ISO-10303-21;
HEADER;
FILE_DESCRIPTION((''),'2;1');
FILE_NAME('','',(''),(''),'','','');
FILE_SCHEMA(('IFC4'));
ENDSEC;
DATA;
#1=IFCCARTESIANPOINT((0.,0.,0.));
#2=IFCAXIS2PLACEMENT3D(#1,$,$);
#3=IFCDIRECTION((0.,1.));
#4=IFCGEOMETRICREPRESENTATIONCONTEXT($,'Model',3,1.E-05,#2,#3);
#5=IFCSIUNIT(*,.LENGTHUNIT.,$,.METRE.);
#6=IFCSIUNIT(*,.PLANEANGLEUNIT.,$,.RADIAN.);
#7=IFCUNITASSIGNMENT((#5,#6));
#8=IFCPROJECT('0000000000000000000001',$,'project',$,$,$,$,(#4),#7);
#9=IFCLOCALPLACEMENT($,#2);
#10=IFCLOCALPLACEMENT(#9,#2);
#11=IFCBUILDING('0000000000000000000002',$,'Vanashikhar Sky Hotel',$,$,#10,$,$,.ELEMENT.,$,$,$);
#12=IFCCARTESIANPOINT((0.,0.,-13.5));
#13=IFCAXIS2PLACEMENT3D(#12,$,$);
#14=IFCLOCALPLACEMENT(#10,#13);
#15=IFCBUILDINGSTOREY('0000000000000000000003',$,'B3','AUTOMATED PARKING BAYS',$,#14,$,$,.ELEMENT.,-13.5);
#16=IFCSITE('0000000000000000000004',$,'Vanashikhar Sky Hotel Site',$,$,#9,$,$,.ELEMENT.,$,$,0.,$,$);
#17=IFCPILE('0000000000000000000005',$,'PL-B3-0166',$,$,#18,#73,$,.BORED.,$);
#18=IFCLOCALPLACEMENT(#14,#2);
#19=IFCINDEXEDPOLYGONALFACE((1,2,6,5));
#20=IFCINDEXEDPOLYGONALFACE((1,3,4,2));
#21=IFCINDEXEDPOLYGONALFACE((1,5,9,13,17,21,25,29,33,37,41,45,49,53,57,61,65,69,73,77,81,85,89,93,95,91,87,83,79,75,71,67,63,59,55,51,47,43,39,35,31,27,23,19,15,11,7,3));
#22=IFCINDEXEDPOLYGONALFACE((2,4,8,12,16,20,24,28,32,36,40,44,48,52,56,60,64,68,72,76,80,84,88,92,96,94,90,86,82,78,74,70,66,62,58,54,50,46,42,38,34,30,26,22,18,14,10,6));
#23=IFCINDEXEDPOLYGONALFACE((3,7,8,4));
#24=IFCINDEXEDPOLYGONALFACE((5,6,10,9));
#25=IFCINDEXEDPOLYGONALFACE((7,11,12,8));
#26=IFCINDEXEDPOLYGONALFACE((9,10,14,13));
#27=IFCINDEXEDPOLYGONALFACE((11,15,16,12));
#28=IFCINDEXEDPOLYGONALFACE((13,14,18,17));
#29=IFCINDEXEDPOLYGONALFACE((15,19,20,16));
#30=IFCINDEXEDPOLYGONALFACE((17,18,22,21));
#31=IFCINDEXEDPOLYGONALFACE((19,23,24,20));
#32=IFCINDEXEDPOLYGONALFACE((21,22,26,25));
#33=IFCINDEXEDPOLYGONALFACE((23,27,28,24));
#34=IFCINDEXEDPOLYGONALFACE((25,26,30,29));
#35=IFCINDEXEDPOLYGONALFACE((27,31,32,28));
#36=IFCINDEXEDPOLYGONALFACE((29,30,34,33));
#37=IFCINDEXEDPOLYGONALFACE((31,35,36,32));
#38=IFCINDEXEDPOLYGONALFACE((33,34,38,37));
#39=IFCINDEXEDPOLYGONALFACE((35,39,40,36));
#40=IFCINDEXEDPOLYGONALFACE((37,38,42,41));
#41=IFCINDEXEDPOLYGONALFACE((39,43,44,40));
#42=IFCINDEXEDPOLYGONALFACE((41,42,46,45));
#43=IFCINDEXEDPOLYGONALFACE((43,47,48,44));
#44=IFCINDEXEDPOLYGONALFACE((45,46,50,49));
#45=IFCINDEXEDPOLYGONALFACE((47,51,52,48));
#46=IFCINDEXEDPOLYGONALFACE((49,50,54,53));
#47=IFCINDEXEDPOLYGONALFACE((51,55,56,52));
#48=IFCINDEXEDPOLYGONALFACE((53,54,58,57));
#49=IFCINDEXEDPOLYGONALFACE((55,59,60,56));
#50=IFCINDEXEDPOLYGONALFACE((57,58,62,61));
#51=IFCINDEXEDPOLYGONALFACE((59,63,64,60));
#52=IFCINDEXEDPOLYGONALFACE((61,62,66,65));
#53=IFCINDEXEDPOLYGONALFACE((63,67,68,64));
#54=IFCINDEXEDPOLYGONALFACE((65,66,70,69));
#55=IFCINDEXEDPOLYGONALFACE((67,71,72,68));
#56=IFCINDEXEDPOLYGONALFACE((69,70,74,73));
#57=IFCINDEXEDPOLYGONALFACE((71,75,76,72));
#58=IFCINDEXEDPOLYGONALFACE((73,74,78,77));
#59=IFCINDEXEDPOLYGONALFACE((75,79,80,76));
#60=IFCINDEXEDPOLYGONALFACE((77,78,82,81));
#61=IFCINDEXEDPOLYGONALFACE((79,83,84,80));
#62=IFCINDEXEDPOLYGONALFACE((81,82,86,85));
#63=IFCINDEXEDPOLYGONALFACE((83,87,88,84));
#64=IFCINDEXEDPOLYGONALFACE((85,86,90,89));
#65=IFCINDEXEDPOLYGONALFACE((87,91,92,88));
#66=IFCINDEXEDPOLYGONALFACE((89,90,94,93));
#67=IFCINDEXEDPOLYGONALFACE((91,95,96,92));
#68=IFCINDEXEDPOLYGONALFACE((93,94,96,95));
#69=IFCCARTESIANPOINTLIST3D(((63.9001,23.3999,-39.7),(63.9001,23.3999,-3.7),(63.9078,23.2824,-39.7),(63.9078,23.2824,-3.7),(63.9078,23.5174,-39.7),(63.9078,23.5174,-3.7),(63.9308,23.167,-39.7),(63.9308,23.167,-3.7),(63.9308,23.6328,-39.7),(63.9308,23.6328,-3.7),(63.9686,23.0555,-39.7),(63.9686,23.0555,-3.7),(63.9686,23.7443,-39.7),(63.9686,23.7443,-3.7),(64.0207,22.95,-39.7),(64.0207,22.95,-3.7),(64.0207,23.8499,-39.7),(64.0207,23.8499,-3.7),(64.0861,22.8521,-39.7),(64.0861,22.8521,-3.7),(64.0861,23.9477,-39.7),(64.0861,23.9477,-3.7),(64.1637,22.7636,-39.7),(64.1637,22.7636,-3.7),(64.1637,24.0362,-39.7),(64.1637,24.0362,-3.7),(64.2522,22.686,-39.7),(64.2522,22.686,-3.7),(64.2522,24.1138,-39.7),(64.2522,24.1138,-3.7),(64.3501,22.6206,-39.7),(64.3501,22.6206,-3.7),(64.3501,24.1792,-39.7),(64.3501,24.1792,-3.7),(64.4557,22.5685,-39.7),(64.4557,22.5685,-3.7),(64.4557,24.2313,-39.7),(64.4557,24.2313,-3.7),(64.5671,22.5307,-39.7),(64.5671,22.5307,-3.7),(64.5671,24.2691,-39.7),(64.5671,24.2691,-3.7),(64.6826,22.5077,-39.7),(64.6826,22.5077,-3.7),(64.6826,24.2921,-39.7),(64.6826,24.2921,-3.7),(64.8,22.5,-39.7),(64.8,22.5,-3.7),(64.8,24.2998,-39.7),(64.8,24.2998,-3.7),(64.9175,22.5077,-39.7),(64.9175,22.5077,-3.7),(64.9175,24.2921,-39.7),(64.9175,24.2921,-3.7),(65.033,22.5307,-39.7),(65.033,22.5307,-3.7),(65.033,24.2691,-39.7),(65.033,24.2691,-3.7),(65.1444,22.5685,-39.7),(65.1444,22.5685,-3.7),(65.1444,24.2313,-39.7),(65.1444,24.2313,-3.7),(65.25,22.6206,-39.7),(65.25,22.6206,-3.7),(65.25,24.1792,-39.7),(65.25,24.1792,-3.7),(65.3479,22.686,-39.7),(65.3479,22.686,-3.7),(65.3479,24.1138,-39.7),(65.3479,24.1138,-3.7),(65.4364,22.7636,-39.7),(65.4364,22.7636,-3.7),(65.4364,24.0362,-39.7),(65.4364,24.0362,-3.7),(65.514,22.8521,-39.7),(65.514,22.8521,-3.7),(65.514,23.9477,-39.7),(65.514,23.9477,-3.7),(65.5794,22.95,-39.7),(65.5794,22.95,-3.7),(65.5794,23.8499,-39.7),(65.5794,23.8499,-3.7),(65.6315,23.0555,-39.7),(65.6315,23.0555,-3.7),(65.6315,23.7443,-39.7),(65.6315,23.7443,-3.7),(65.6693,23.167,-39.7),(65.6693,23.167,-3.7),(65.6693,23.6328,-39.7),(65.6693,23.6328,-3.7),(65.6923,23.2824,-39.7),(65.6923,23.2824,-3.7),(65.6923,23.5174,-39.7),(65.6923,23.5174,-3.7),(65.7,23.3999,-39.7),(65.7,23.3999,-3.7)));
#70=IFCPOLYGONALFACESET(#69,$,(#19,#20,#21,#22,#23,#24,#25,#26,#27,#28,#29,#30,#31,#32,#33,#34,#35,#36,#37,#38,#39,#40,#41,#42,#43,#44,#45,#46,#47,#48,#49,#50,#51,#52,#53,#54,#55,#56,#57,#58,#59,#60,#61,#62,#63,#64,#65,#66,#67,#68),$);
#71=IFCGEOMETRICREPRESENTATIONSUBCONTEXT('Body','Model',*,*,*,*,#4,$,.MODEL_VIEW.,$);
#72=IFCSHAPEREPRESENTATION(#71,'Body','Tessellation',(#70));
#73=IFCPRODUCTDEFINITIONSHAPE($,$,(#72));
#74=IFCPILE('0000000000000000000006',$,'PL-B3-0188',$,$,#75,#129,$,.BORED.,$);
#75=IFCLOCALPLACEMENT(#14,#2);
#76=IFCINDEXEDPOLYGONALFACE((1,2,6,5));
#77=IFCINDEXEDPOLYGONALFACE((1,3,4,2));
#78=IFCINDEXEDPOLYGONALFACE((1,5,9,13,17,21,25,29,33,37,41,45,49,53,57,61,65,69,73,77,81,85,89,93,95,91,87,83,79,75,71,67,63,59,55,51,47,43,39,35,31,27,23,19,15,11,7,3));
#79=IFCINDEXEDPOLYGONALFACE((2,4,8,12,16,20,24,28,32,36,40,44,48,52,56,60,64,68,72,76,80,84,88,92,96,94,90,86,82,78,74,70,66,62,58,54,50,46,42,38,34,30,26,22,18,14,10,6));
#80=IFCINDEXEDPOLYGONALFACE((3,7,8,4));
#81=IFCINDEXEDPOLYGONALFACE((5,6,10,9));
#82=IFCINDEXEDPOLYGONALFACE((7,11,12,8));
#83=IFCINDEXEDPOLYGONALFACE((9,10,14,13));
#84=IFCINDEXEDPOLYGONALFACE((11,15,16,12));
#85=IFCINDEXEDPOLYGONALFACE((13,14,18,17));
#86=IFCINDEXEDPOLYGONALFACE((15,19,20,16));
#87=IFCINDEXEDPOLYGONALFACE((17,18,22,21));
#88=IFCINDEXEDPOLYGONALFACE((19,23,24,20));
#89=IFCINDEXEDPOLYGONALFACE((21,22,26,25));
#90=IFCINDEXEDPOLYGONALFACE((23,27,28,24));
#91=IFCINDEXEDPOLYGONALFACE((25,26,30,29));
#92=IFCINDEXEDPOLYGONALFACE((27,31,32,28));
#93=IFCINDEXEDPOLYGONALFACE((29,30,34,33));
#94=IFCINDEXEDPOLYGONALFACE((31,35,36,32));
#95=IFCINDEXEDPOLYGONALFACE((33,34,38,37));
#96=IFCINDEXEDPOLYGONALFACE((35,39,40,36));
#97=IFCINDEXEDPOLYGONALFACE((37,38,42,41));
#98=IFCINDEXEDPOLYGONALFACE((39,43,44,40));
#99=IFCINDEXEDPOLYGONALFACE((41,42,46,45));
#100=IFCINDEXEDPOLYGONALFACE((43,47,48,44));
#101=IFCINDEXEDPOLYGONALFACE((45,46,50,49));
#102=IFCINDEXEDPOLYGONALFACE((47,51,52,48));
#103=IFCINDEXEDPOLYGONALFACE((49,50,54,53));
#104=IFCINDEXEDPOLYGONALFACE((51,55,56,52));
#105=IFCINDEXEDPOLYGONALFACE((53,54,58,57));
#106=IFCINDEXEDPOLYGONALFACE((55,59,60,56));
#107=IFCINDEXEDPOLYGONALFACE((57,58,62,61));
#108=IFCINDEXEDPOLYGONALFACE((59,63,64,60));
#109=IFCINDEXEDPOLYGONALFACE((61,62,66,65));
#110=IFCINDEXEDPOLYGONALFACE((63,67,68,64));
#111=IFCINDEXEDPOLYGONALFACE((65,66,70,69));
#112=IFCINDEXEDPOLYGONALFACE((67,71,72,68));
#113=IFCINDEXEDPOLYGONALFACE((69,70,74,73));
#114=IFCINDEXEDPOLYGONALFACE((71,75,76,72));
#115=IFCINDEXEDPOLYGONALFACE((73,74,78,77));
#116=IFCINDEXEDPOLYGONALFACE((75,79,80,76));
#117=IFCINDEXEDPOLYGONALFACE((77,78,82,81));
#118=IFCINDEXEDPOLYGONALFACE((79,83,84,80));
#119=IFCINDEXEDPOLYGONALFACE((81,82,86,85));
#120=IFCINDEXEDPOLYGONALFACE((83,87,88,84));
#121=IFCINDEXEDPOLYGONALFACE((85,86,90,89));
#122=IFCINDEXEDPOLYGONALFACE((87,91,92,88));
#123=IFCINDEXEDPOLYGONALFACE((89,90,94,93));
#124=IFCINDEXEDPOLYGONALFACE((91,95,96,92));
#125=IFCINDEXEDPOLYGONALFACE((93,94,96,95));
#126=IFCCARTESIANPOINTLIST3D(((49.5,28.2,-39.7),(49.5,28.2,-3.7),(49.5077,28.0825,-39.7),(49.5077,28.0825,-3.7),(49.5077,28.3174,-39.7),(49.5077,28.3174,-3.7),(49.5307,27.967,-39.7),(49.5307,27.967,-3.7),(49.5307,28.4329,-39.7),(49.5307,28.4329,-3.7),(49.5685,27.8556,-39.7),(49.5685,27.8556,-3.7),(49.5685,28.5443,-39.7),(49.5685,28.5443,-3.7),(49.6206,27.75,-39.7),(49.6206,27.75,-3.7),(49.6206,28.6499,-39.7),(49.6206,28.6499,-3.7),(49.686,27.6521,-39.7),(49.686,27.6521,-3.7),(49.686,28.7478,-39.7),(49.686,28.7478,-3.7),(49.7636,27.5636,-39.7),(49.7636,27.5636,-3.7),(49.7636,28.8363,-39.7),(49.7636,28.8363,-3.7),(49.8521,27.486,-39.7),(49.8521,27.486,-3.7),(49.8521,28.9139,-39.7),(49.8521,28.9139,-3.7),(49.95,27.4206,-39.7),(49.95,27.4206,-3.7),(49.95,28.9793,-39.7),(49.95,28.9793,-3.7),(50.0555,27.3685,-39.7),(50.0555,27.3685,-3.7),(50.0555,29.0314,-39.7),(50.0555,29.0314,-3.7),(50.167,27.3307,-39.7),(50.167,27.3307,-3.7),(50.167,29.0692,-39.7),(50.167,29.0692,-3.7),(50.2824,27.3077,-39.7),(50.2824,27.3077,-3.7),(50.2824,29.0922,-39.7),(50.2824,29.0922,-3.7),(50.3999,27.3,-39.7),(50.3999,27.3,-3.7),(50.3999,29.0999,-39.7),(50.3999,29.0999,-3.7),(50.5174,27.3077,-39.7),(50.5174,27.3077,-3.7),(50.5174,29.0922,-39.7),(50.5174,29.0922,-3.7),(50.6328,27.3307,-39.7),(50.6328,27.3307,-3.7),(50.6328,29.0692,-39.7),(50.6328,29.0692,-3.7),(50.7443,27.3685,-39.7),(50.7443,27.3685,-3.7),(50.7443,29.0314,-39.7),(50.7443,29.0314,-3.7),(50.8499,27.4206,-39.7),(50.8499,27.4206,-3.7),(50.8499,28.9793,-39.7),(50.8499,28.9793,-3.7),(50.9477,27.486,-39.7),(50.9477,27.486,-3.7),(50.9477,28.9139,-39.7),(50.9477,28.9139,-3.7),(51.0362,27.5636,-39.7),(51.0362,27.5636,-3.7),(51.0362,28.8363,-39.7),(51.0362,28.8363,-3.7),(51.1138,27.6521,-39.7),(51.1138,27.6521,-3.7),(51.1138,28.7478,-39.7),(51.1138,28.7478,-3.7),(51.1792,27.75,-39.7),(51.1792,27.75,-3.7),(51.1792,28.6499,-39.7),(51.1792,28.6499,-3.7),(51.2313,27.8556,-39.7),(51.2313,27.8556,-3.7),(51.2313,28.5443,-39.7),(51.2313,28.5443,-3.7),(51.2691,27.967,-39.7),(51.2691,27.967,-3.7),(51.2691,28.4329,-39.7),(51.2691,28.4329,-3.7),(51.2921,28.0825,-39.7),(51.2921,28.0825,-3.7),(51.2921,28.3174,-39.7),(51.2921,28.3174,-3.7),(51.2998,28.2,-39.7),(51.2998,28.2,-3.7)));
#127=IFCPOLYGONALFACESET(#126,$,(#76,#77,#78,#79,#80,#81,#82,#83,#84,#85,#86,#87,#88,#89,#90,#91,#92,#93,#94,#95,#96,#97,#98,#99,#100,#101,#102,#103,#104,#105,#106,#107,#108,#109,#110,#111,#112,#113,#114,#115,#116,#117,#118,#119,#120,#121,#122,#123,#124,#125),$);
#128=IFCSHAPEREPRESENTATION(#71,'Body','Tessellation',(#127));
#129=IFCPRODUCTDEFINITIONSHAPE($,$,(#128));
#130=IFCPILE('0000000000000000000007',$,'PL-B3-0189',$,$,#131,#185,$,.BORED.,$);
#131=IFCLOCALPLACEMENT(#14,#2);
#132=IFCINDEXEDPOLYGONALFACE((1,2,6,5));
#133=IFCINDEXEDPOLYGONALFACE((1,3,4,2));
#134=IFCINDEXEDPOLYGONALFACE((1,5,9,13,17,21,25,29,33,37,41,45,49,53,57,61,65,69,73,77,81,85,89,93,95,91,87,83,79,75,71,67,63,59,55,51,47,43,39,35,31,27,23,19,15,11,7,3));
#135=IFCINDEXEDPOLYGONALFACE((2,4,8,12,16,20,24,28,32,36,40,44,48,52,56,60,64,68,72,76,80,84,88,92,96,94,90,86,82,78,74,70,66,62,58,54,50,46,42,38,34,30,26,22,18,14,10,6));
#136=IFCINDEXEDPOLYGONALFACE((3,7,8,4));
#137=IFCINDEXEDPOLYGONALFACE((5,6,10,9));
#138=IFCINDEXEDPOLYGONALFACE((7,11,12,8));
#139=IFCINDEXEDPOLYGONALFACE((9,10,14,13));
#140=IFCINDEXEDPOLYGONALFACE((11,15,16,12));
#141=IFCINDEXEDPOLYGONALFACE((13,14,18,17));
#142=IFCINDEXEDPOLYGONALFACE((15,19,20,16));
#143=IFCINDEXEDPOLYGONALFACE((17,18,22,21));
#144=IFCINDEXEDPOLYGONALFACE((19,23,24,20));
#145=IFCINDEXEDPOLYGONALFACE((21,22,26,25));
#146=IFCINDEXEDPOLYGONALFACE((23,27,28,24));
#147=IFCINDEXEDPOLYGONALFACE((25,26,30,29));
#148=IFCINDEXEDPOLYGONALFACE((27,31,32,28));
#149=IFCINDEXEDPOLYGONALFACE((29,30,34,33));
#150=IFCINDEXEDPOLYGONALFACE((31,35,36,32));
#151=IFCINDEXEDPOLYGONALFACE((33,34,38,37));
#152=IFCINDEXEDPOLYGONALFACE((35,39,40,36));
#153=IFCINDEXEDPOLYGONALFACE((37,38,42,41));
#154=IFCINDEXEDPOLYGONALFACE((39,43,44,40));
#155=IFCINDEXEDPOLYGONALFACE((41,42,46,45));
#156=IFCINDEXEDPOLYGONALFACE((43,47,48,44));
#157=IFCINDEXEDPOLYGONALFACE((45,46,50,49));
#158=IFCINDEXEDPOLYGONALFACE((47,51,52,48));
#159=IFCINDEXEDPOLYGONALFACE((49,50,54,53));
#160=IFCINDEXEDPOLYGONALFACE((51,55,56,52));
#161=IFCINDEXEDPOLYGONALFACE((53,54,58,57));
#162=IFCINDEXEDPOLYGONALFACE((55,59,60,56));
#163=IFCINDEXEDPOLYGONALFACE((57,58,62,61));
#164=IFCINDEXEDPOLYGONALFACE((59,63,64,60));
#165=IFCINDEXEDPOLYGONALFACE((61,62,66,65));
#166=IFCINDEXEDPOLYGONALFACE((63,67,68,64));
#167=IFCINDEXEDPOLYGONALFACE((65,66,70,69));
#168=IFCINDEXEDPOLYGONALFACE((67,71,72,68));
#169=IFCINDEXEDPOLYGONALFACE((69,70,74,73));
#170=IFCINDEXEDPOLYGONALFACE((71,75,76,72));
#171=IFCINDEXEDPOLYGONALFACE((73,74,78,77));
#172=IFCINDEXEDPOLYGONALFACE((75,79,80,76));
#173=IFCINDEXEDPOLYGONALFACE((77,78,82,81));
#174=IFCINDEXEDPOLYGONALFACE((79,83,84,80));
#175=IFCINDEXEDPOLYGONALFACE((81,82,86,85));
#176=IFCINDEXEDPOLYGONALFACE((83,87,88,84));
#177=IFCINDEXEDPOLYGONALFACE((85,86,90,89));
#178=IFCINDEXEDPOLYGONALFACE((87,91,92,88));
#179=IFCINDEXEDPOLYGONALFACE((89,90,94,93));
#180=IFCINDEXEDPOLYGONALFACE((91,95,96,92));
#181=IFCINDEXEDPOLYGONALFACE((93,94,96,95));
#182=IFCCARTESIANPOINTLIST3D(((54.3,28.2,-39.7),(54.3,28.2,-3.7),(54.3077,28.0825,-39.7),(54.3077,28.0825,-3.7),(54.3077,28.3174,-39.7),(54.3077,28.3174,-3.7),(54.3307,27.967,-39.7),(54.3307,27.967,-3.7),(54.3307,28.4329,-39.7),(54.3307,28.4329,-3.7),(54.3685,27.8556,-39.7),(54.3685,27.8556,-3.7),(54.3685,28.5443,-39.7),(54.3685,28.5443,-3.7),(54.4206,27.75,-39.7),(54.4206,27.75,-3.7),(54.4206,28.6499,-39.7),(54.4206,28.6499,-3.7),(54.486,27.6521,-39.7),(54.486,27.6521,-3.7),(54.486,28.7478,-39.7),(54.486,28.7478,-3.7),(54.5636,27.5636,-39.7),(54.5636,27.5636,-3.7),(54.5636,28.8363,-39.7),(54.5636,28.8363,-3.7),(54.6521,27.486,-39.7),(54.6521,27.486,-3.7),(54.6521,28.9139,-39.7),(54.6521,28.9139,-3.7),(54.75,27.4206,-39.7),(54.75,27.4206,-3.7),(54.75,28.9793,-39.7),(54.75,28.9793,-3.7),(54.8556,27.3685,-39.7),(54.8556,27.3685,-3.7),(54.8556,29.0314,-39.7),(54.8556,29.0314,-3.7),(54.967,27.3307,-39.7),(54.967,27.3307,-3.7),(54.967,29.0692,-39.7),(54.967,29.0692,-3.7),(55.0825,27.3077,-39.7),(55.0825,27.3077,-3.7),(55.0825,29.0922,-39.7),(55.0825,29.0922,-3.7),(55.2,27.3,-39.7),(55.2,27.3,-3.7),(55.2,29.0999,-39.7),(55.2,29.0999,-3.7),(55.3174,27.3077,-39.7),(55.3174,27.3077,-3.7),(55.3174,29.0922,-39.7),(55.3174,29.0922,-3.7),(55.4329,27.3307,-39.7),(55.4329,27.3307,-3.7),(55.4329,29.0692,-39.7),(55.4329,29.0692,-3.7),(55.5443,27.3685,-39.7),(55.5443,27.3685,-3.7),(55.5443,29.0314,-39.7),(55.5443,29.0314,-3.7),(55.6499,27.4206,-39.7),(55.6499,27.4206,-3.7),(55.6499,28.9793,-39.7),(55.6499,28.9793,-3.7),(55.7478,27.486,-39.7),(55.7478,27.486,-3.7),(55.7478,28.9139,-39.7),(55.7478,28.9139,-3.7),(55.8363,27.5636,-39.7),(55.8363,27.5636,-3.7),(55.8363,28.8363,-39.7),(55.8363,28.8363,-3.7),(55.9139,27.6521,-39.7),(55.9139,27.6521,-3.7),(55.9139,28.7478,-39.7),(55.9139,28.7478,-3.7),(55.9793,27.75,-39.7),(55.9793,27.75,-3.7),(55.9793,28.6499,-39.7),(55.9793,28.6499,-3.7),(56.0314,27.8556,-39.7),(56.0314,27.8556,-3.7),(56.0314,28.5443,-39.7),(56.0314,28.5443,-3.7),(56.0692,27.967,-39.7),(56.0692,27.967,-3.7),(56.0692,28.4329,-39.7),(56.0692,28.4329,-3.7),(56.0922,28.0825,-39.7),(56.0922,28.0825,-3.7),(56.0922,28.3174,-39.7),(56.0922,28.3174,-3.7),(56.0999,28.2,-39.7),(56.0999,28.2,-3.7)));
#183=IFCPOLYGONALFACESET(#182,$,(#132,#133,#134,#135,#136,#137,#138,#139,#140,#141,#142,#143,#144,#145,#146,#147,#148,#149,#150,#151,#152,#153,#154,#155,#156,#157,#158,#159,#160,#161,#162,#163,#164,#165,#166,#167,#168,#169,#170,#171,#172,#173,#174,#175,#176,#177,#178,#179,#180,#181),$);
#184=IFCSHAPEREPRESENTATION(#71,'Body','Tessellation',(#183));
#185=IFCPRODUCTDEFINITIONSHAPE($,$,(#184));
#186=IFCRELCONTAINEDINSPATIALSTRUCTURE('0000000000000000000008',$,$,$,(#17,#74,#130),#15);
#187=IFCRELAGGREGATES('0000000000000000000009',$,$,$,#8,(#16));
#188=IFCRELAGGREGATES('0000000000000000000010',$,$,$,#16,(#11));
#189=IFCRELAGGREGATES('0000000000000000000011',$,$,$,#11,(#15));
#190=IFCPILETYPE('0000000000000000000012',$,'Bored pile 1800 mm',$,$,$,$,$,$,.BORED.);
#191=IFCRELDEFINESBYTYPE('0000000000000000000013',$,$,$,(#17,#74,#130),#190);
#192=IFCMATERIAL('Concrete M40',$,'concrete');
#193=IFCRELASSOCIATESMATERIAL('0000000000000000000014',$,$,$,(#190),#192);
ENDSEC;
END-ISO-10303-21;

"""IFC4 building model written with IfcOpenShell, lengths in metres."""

from ifc_helpers import new_model, si_unit, direction, frame, origin, origin_2d, place, context, subcontext, project, spatial, circle, extrude, source, transform, mapped, material, type_object, element, save


model = new_model("IFC4")

# Units and contexts
model_context = context("Model", 3, precision=1e-05, world=origin(), true_north=direction((0.0, 1.0)))
body_context = subcontext(model_context, "Body", "Model", "MODEL_VIEW")
ifc_project = project(units=[si_unit("LENGTHUNIT", "METRE"), si_unit("PLANEANGLEUNIT", "RADIAN")], contexts=[model_context])

# Site, building, storey
site_placement = place(None, origin())
site = spatial("IfcSite", under=ifc_project, at=site_placement, Name="Vanashikhar Sky Hotel Site", CompositionType="ELEMENT", RefElevation=0.0)
building_placement = place(site_placement, origin())
building = spatial("IfcBuilding", under=site, at=building_placement, Name="Vanashikhar Sky Hotel", CompositionType="ELEMENT")
storey_placement = place(building_placement, frame((0.0, 0.0, -13.5)))
storey = spatial("IfcBuildingStorey", under=building, at=storey_placement, Name="B3", Description="AUTOMATED PARKING BAYS", CompositionType="ELEMENT", Elevation=-13.5)

# Piles
ifc_material_1 = material(Name="Concrete M40", Category="concrete")
pile_type = type_object("IfcPileType", Name="Bored pile 1800 mm", PredefinedType="BORED", material=ifc_material_1)
shared_shape_1 = source(origin(), body_context, "Body", "SweptSolid", [
    extrude(circle(Radius=0.8999, at=origin_2d()), origin(), (0.0, 0.0, 1.0), 36.0),
])
for number, where, z_axis, x_axis, name in (
    (1, (64.8, 23.3999, -3.7), (0.0, 0.0, -1.0), (1.0, 0.0, 0.0), "PL-B3-0166"),
    (2, (50.3999, 28.2, -3.7), (0.0, 0.0, -1.0), (1.0, 0.0, 0.0), "PL-B3-0188"),
    (3, (55.2, 28.2, -3.7), (0.0, 0.0, -1.0), (1.0, 0.0, 0.0), "PL-B3-0189"),
):
    element("IfcPile", number, at=place(storey_placement, frame(where, z_axis=z_axis, x_axis=x_axis)), inside=storey, type_object=pile_type, Name=name, PredefinedType="BORED", context=body_context, shape_type="MappedRepresentation", body=[
        mapped(shared_shape_1, transform((0.0, 0.0, 0.0), scale=1.0)),
    ])

save(model, "model.ifc")
